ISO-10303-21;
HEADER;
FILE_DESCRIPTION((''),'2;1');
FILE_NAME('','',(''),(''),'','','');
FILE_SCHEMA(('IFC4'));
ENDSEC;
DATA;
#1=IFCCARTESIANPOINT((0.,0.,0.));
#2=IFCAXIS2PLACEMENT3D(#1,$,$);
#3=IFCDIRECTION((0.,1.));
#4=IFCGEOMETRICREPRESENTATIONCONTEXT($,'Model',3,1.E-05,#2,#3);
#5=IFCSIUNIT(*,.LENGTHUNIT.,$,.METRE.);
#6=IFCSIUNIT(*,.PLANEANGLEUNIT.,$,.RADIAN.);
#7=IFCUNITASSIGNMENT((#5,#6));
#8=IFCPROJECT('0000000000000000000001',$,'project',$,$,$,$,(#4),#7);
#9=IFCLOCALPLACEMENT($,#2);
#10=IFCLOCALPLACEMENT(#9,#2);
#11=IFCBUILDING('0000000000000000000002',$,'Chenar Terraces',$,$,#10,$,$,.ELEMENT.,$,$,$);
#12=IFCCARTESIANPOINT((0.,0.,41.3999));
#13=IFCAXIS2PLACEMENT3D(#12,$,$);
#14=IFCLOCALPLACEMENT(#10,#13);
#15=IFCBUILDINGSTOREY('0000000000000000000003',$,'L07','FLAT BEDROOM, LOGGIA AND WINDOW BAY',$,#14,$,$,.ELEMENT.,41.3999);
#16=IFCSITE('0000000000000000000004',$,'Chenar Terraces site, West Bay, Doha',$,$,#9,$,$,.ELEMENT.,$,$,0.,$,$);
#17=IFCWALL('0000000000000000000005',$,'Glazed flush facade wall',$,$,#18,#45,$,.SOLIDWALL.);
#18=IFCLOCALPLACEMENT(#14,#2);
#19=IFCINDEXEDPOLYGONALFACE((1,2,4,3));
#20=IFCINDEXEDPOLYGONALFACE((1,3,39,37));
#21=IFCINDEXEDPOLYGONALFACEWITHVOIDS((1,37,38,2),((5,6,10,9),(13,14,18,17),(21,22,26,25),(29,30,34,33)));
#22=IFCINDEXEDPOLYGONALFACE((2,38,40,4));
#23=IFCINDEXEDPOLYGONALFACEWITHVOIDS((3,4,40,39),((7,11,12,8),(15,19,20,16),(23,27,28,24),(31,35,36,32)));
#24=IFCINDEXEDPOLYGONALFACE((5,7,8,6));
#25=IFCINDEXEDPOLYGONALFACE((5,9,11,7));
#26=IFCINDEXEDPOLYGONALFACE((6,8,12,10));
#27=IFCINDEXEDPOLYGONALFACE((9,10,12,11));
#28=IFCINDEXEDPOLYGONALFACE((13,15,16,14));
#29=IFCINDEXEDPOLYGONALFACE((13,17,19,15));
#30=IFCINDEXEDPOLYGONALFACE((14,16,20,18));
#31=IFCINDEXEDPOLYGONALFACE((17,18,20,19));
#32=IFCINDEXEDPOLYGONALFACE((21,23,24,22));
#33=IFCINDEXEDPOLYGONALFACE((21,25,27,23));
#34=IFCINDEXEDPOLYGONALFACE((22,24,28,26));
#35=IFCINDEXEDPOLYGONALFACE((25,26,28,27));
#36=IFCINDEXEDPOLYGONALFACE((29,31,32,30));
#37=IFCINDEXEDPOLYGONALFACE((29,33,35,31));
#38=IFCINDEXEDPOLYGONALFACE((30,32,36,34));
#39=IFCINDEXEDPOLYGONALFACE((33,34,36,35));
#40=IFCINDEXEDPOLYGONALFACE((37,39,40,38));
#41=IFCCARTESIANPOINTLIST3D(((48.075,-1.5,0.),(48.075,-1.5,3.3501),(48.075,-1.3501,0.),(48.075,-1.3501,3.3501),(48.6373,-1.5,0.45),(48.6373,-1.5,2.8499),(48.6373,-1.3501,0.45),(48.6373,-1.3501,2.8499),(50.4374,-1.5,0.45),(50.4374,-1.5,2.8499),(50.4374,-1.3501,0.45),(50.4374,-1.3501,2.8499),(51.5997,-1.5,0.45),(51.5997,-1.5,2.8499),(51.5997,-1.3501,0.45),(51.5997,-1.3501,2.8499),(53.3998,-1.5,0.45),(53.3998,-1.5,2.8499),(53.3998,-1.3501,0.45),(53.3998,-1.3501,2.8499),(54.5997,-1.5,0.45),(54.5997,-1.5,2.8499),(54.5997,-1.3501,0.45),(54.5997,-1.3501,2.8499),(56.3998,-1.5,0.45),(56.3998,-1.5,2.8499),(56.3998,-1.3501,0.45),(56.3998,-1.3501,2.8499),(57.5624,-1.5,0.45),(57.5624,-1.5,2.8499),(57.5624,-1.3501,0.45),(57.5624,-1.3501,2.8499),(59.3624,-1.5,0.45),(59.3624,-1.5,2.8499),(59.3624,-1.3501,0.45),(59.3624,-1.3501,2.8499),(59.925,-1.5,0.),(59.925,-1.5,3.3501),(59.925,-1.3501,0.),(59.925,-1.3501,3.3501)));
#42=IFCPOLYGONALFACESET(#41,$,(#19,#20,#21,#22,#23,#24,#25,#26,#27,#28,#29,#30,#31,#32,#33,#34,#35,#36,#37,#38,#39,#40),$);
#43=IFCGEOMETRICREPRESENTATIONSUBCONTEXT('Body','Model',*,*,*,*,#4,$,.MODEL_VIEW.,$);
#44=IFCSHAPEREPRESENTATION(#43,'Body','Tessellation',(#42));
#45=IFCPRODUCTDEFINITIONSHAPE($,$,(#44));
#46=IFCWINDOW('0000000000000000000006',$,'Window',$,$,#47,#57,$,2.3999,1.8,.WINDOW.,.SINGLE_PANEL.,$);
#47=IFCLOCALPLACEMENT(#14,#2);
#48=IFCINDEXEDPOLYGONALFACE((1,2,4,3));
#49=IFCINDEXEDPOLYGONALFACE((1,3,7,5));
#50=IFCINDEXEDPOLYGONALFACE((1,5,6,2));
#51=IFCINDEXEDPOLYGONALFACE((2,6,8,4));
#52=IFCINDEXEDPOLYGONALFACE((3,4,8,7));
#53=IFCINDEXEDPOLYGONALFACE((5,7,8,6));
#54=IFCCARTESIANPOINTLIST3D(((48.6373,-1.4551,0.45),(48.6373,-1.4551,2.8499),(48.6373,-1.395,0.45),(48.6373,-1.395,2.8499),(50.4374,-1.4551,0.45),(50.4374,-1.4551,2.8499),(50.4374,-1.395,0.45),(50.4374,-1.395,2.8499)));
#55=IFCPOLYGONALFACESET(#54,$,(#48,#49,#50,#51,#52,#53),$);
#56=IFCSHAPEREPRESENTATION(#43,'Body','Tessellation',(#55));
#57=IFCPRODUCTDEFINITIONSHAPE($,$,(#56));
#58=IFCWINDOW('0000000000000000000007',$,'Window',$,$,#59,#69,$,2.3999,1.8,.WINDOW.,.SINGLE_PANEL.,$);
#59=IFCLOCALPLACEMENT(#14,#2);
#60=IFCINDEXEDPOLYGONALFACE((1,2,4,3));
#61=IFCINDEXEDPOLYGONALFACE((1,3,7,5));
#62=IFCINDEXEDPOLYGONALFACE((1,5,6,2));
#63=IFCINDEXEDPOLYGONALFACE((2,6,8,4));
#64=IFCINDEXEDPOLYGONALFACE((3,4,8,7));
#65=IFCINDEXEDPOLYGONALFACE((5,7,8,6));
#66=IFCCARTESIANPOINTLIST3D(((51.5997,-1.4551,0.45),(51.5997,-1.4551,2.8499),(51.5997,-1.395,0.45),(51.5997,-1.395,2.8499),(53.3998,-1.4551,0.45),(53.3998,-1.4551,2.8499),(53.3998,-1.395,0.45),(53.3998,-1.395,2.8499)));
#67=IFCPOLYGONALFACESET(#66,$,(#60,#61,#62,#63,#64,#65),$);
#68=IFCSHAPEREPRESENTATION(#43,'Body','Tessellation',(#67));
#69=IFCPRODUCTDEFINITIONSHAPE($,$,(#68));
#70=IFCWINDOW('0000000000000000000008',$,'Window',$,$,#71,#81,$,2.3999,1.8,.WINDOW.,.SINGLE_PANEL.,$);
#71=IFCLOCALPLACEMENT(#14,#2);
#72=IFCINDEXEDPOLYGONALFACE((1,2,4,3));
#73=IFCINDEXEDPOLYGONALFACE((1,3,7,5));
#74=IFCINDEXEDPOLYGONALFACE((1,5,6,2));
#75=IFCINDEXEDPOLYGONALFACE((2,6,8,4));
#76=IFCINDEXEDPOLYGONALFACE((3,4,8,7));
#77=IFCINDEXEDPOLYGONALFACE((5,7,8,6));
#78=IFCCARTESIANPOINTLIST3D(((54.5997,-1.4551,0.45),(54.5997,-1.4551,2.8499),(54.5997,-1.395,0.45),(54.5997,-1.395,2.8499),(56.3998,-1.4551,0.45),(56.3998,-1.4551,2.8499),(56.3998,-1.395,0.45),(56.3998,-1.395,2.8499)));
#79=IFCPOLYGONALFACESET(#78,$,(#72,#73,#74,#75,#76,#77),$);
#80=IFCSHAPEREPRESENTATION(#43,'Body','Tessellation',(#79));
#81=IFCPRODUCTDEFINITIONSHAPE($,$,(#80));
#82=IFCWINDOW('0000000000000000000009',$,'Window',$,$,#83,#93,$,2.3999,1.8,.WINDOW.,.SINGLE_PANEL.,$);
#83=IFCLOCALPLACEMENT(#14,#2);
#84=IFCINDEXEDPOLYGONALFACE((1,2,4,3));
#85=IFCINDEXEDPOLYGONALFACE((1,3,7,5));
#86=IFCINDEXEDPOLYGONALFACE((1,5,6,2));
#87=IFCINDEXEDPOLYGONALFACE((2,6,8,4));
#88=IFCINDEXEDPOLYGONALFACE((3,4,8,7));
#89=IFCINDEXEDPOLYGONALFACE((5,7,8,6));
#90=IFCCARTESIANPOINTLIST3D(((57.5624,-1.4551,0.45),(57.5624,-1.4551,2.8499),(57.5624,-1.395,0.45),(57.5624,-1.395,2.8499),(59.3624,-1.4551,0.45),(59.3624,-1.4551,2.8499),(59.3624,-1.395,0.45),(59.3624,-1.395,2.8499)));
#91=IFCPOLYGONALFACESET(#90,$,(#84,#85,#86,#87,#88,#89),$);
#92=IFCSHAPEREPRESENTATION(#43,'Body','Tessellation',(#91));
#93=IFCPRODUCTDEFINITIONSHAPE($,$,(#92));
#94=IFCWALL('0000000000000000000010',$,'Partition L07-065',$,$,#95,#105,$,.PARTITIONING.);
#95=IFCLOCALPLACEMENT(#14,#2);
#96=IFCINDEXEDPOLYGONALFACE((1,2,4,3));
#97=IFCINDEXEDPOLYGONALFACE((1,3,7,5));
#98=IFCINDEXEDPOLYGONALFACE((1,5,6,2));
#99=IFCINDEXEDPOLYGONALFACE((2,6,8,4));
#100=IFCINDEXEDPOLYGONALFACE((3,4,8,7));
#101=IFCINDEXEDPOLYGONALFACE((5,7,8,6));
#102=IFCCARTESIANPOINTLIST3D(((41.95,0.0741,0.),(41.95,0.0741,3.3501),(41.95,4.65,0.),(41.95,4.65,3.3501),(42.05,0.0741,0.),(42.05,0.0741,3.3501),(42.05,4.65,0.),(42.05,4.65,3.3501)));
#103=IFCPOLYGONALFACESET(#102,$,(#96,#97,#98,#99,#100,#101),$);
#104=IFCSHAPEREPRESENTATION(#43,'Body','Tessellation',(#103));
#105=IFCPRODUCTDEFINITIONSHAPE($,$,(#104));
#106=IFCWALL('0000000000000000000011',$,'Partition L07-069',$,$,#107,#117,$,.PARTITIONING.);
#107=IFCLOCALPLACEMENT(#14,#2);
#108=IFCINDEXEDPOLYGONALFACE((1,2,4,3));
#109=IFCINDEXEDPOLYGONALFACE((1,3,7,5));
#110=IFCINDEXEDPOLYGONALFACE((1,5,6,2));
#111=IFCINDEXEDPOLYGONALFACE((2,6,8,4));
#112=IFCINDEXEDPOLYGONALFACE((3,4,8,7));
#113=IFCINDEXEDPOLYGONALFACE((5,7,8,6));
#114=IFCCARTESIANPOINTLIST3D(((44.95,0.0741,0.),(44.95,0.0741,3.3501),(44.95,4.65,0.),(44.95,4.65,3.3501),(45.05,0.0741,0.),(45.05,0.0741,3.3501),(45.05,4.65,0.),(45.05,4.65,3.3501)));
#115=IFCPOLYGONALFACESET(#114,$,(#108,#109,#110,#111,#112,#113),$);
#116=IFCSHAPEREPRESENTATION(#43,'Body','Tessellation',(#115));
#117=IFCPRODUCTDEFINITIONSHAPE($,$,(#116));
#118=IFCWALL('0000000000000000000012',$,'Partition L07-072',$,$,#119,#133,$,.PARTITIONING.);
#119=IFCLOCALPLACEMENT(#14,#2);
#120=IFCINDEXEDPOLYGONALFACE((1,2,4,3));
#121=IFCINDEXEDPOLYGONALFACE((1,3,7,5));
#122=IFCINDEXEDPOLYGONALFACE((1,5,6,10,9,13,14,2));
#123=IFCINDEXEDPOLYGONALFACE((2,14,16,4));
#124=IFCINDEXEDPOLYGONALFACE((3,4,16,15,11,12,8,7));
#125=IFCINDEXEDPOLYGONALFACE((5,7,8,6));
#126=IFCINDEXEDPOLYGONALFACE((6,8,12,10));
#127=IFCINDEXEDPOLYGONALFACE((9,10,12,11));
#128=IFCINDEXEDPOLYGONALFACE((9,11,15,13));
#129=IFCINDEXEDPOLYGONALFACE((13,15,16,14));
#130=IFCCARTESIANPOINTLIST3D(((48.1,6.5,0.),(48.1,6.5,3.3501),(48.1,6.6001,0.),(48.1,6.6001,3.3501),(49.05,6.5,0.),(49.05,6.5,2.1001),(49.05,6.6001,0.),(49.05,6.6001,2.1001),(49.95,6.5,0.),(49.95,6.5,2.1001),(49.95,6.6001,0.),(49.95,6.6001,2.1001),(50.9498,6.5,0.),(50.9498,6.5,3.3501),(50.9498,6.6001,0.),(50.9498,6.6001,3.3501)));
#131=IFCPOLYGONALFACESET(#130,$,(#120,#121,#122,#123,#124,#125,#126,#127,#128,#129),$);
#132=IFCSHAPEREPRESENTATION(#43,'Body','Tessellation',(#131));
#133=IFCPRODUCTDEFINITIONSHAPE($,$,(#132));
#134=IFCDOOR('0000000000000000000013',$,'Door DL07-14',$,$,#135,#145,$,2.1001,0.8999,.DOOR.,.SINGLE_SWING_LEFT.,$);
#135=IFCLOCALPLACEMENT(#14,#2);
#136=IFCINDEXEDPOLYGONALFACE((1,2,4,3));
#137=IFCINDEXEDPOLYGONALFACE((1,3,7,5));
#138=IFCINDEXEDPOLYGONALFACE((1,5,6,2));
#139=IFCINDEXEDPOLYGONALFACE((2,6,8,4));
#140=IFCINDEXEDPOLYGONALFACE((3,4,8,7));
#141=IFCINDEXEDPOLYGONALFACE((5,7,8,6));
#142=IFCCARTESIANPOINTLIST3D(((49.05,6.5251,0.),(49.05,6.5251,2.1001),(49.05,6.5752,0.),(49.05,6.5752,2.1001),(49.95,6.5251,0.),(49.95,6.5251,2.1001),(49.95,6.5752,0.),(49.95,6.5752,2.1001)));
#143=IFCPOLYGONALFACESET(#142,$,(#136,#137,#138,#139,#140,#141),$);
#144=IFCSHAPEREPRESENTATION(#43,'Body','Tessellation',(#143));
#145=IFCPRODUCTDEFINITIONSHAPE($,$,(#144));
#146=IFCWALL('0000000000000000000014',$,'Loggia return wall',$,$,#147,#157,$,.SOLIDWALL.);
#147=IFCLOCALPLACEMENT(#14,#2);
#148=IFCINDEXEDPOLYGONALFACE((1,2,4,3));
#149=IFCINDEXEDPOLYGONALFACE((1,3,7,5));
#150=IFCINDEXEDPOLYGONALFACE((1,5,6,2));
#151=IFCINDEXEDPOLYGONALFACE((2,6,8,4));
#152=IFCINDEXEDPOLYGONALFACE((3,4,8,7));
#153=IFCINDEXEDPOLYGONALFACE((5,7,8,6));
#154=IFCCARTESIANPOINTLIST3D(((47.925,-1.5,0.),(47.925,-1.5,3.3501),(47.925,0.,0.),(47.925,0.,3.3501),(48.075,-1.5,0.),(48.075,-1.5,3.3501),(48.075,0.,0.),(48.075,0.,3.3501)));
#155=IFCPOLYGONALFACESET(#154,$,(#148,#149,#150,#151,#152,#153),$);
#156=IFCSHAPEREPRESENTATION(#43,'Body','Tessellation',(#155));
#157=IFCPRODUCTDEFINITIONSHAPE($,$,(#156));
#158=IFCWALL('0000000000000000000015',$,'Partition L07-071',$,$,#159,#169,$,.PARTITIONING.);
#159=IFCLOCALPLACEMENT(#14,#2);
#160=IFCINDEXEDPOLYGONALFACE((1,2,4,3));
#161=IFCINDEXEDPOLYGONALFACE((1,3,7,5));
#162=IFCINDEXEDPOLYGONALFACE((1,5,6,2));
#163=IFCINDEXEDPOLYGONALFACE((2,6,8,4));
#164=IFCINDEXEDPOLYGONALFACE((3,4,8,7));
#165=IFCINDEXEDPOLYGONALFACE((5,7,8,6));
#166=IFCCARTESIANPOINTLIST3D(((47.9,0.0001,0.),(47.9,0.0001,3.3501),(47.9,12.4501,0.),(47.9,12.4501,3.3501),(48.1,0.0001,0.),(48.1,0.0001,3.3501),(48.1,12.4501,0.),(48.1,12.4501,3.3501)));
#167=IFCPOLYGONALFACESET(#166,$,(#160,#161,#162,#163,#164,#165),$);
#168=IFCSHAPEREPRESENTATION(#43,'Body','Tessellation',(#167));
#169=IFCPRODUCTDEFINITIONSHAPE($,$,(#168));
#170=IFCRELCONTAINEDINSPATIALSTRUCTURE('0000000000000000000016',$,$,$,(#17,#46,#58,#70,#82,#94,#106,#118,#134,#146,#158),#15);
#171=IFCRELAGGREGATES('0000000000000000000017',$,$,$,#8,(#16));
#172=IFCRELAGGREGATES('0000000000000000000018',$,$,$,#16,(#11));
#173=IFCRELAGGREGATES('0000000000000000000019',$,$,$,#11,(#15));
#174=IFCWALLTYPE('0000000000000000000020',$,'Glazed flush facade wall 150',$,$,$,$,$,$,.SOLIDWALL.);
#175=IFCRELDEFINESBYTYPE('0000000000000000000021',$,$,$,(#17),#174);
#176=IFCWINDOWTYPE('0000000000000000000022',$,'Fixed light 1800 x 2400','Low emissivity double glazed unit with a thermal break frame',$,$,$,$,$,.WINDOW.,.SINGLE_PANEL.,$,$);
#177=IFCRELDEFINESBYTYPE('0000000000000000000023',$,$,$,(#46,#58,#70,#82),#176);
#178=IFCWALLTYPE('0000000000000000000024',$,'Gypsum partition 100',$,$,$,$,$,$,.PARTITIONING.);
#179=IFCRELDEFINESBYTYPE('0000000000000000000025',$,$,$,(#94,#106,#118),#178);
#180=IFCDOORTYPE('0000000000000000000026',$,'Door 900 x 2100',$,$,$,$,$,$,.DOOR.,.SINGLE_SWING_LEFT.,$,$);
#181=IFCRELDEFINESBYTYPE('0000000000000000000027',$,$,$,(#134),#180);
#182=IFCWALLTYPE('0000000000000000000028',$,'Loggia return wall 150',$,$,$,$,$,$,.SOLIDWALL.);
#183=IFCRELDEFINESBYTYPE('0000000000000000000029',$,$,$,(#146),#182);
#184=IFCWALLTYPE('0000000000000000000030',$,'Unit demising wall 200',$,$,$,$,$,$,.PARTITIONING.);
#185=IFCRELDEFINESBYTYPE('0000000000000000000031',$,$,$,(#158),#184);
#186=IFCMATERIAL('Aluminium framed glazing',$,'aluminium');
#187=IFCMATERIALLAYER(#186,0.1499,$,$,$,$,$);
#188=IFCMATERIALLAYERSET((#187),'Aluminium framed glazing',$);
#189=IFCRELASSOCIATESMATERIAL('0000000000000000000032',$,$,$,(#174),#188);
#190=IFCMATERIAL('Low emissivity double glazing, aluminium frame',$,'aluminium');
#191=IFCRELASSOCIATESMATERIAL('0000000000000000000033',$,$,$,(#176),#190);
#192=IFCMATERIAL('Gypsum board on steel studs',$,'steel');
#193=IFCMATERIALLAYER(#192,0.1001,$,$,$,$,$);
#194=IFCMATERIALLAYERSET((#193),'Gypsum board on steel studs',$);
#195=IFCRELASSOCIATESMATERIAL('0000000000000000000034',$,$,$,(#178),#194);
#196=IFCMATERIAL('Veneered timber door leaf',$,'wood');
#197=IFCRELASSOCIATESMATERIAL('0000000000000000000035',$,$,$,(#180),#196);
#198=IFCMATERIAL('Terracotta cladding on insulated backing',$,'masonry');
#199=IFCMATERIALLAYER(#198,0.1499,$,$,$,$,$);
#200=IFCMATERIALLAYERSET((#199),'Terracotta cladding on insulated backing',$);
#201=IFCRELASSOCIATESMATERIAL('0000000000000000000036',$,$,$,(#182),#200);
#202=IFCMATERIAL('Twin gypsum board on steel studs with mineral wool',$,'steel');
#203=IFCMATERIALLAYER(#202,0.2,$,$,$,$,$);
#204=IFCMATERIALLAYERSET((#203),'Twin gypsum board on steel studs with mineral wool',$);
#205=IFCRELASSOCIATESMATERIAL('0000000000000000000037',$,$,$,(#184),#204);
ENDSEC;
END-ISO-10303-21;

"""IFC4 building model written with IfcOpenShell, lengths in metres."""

from ifc_helpers import new_model, si_unit, direction, frame, frame_2d, origin, place, context, subcontext, project, spatial, rectangle, extrude, material, layer, layer_set, type_object, element, fill, save


model = new_model("IFC4")

# Units and contexts
model_context = context("Model", 3, precision=1e-05, world=origin(), true_north=direction((0.0, 1.0)))
body_context = subcontext(model_context, "Body", "Model", "MODEL_VIEW")
ifc_project = project(units=[si_unit("LENGTHUNIT", "METRE"), si_unit("PLANEANGLEUNIT", "RADIAN")], contexts=[model_context])

# Site, building, storey
site_placement = place(None, origin())
site = spatial("IfcSite", under=ifc_project, at=site_placement, Name="Chenar Terraces site, West Bay, Doha", CompositionType="ELEMENT", RefElevation=0.0)
building_placement = place(site_placement, origin())
building = spatial("IfcBuilding", under=site, at=building_placement, Name="Chenar Terraces", CompositionType="ELEMENT")
storey_placement = place(building_placement, frame((0.0, 0.0, 41.3999)))
storey = spatial("IfcBuildingStorey", under=building, at=storey_placement, Name="L07", Description="FLAT BEDROOM, LOGGIA AND WINDOW BAY", CompositionType="ELEMENT", Elevation=41.3999)

# Wall, openings, windows
ifc_material_1 = material(Name="Aluminium framed glazing", Category="aluminium")
ifc_layer_1 = layer(ifc_material_1, 0.1499)
ifc_layer_set_1 = layer_set([ifc_layer_1], Name="Aluminium framed glazing")
wall_type_1 = type_object("IfcWallType", Name="Glazed flush facade wall 150", PredefinedType="SOLIDWALL", material=ifc_layer_set_1)
wall_1_placement = place(storey_placement, frame((48.075, -1.425, 0.0), z_axis=(0.0, 0.0, 1.0), x_axis=(1.0, 0.0, 0.0)))
wall_1 = element("IfcWall", 1, at=wall_1_placement, inside=storey, type_object=wall_type_1, Name="Glazed flush facade wall", PredefinedType="SOLIDWALL", context=body_context, shape_type="SweptSolid", body=[
    extrude(rectangle(XDim=11.8501, YDim=0.1499, at=frame_2d((5.925, 0.0))), origin(), (0.0, 0.0, 1.0), 3.3501),
])
opening_1_placement = place(wall_1_placement, frame((0.5625, 0.0, 0.45)))
opening_1 = element("IfcOpeningElement", 2, at=opening_1_placement, cuts=wall_1, PredefinedType="OPENING", context=body_context, shape_type="SweptSolid", body=[
    extrude(rectangle(XDim=1.8, YDim=2.3999, at=frame_2d((0.8999, 1.2))), frame((0.0, 0.085, 0.0), z_axis=(0.0, -1.0, 0.0), x_axis=(1.0, 0.0, 0.0)), (0.0, 0.0, 1.0), 0.1699),
])
opening_2_placement = place(wall_1_placement, frame((3.5249, 0.0, 0.45)))
opening_2 = element("IfcOpeningElement", 3, at=opening_2_placement, cuts=wall_1, PredefinedType="OPENING", context=body_context, shape_type="SweptSolid", body=[
    extrude(rectangle(XDim=1.8, YDim=2.3999, at=frame_2d((0.8999, 1.2))), frame((0.0, 0.085, 0.0), z_axis=(0.0, -1.0, 0.0), x_axis=(1.0, 0.0, 0.0)), (0.0, 0.0, 1.0), 0.1699),
])
opening_3_placement = place(wall_1_placement, frame((6.5249, 0.0, 0.45)))
opening_3 = element("IfcOpeningElement", 4, at=opening_3_placement, cuts=wall_1, PredefinedType="OPENING", context=body_context, shape_type="SweptSolid", body=[
    extrude(rectangle(XDim=1.8, YDim=2.3999, at=frame_2d((0.8999, 1.2))), frame((0.0, 0.085, 0.0), z_axis=(0.0, -1.0, 0.0), x_axis=(1.0, 0.0, 0.0)), (0.0, 0.0, 1.0), 0.1699),
])
opening_4_placement = place(wall_1_placement, frame((9.4875, 0.0, 0.45)))
opening_4 = element("IfcOpeningElement", 5, at=opening_4_placement, cuts=wall_1, PredefinedType="OPENING", context=body_context, shape_type="SweptSolid", body=[
    extrude(rectangle(XDim=1.8, YDim=2.3999, at=frame_2d((0.8999, 1.2))), frame((0.0, 0.085, 0.0), z_axis=(0.0, -1.0, 0.0), x_axis=(1.0, 0.0, 0.0)), (0.0, 0.0, 1.0), 0.1699),
])
ifc_material_2 = material(Name="Low emissivity double glazing, aluminium frame", Category="aluminium")
window_type = type_object("IfcWindowType", Name="Fixed light 1800 x 2400", Description="Low emissivity double glazed unit with a thermal break frame", PartitioningType="SINGLE_PANEL", PredefinedType="WINDOW", material=ifc_material_2)
window_1_placement = place(opening_1_placement, origin())
window_1 = element("IfcWindow", 6, at=window_1_placement, inside=storey, type_object=window_type, Name="Window", OverallHeight=2.3999, OverallWidth=1.8, PartitioningType="SINGLE_PANEL", PredefinedType="WINDOW", context=body_context, shape_type="SweptSolid", body=[
    extrude(rectangle(XDim=1.8, YDim=2.3999, at=frame_2d((0.8999, 1.2))), frame((0.0, 0.03, 0.0), z_axis=(0.0, -1.0, 0.0), x_axis=(1.0, 0.0, 0.0)), (0.0, 0.0, 1.0), 0.0601),
])
fill(opening_1, window_1)
window_2_placement = place(opening_2_placement, origin())
window_2 = element("IfcWindow", 7, at=window_2_placement, inside=storey, type_object=window_type, Name="Window", OverallHeight=2.3999, OverallWidth=1.8, PartitioningType="SINGLE_PANEL", PredefinedType="WINDOW", context=body_context, shape_type="SweptSolid", body=[
    extrude(rectangle(XDim=1.8, YDim=2.3999, at=frame_2d((0.8999, 1.2))), frame((0.0, 0.03, 0.0), z_axis=(0.0, -1.0, 0.0), x_axis=(1.0, 0.0, 0.0)), (0.0, 0.0, 1.0), 0.0601),
])
fill(opening_2, window_2)
window_3_placement = place(opening_3_placement, origin())
window_3 = element("IfcWindow", 8, at=window_3_placement, inside=storey, type_object=window_type, Name="Window", OverallHeight=2.3999, OverallWidth=1.8, PartitioningType="SINGLE_PANEL", PredefinedType="WINDOW", context=body_context, shape_type="SweptSolid", body=[
    extrude(rectangle(XDim=1.8, YDim=2.3999, at=frame_2d((0.8999, 1.2))), frame((0.0, 0.03, 0.0), z_axis=(0.0, -1.0, 0.0), x_axis=(1.0, 0.0, 0.0)), (0.0, 0.0, 1.0), 0.0601),
])
fill(opening_3, window_3)
window_4_placement = place(opening_4_placement, origin())
window_4 = element("IfcWindow", 9, at=window_4_placement, inside=storey, type_object=window_type, Name="Window", OverallHeight=2.3999, OverallWidth=1.8, PartitioningType="SINGLE_PANEL", PredefinedType="WINDOW", context=body_context, shape_type="SweptSolid", body=[
    extrude(rectangle(XDim=1.8, YDim=2.3999, at=frame_2d((0.8999, 1.2))), frame((0.0, 0.03, 0.0), z_axis=(0.0, -1.0, 0.0), x_axis=(1.0, 0.0, 0.0)), (0.0, 0.0, 1.0), 0.0601),
])
fill(opening_4, window_4)

# Walls
ifc_material_3 = material(Name="Gypsum board on steel studs", Category="steel")
ifc_layer_2 = layer(ifc_material_3, 0.1001)
ifc_layer_set_2 = layer_set([ifc_layer_2], Name="Gypsum board on steel studs")
wall_type_2 = type_object("IfcWallType", Name="Gypsum partition 100", PredefinedType="PARTITIONING", material=ifc_layer_set_2)
for number, where, z_axis, x_axis, name in (
    (10, (42.0, 0.074, 0.0), (0.0, 0.0, 1.0), (0.0, 1.0, 0.0), "Partition L07-065"),
    (11, (45.0, 0.074, 0.0), (0.0, 0.0, 1.0), (0.0, 1.0, 0.0), "Partition L07-069"),
):
    element("IfcWall", number, at=place(storey_placement, frame(where, z_axis=z_axis, x_axis=x_axis)), inside=storey, type_object=wall_type_2, Name=name, PredefinedType="PARTITIONING", context=body_context, shape_type="SweptSolid", body=[
        extrude(rectangle(XDim=4.5759, YDim=0.1001, at=frame_2d((2.2881, 0.0))), origin(), (0.0, 0.0, 1.0), 3.3501),
    ])

# Wall, opening, door
wall_2_placement = place(storey_placement, frame((48.1001, 6.55, 0.0), z_axis=(0.0, 0.0, 1.0), x_axis=(1.0, 0.0, 0.0)))
wall_2 = element("IfcWall", 12, at=wall_2_placement, inside=storey, type_object=wall_type_2, Name="Partition L07-072", PredefinedType="PARTITIONING", context=body_context, shape_type="SweptSolid", body=[
    extrude(rectangle(XDim=2.8499, YDim=0.1001, at=frame_2d((1.4248, 0.0))), origin(), (0.0, 0.0, 1.0), 3.3501),
])
opening_5_placement = place(wall_2_placement, frame((0.95, 0.0, 0.0)))
opening_5 = element("IfcOpeningElement", 13, at=opening_5_placement, cuts=wall_2, PredefinedType="OPENING", context=body_context, shape_type="SweptSolid", body=[
    extrude(rectangle(XDim=0.8999, YDim=2.1001, at=frame_2d((0.45, 1.05))), frame((0.0, 0.0601, 0.0), z_axis=(0.0, -1.0, 0.0), x_axis=(1.0, 0.0, 0.0)), (0.0, 0.0, 1.0), 0.1201),
])
ifc_material_4 = material(Name="Veneered timber door leaf", Category="wood")
door_type_1 = type_object("IfcDoorType", Name="Door 900 x 2100", OperationType="SINGLE_SWING_LEFT", PredefinedType="DOOR", material=ifc_material_4)
door_1_placement = place(opening_5_placement, frame((0.8999, 0.0, 0.0), z_axis=(0.0, 0.0, 1.0), x_axis=(-1.0, 0.0, 0.0)))
door_1 = element("IfcDoor", 14, at=door_1_placement, inside=storey, type_object=door_type_1, Name="Door DL07-14", OperationType="SINGLE_SWING_LEFT", OverallHeight=2.1001, OverallWidth=0.8999, PredefinedType="DOOR", context=body_context, shape_type="SweptSolid", body=[
    extrude(rectangle(XDim=0.8999, YDim=2.1001, at=frame_2d((0.45, 1.05))), frame((0.0, 0.0249, 0.0), z_axis=(0.0, -1.0, 0.0), x_axis=(1.0, 0.0, 0.0)), (0.0, 0.0, 1.0), 0.05),
])
fill(opening_5, door_1)

# Walls
ifc_material_5 = material(Name="Terracotta cladding on insulated backing", Category="masonry")
ifc_layer_3 = layer(ifc_material_5, 0.1499)
ifc_layer_set_3 = layer_set([ifc_layer_3], Name="Terracotta cladding on insulated backing")
wall_type_3 = type_object("IfcWallType", Name="Loggia return wall 150", PredefinedType="SOLIDWALL", material=ifc_layer_set_3)
wall_3_placement = place(storey_placement, frame((48.0, -1.5, 0.0), z_axis=(0.0, 0.0, 1.0), x_axis=(0.0, 1.0, 0.0)))
element("IfcWall", 15, at=wall_3_placement, inside=storey, type_object=wall_type_3, Name="Loggia return wall", PredefinedType="SOLIDWALL", context=body_context, shape_type="SweptSolid", body=[
    extrude(rectangle(XDim=1.5, YDim=0.1499, at=frame_2d((0.75, 0.0))), origin(), (0.0, 0.0, 1.0), 3.3501),
])
ifc_material_6 = material(Name="Twin gypsum board on steel studs with mineral wool", Category="steel")
ifc_layer_4 = layer(ifc_material_6, 0.2)
ifc_layer_set_4 = layer_set([ifc_layer_4], Name="Twin gypsum board on steel studs with mineral wool")
wall_type_4 = type_object("IfcWallType", Name="Unit demising wall 200", PredefinedType="PARTITIONING", material=ifc_layer_set_4)
wall_4_placement = place(storey_placement, frame((48.0, 0.0, 0.0), z_axis=(0.0, 0.0, 1.0), x_axis=(0.0, 1.0, 0.0)))
element("IfcWall", 16, at=wall_4_placement, inside=storey, type_object=wall_type_4, Name="Partition L07-071", PredefinedType="PARTITIONING", context=body_context, shape_type="SweptSolid", body=[
    extrude(rectangle(XDim=12.45, YDim=0.2, at=frame_2d((6.2251, 0.0))), origin(), (0.0, 0.0, 1.0), 3.3501),
])

save(model, "model.ifc")
